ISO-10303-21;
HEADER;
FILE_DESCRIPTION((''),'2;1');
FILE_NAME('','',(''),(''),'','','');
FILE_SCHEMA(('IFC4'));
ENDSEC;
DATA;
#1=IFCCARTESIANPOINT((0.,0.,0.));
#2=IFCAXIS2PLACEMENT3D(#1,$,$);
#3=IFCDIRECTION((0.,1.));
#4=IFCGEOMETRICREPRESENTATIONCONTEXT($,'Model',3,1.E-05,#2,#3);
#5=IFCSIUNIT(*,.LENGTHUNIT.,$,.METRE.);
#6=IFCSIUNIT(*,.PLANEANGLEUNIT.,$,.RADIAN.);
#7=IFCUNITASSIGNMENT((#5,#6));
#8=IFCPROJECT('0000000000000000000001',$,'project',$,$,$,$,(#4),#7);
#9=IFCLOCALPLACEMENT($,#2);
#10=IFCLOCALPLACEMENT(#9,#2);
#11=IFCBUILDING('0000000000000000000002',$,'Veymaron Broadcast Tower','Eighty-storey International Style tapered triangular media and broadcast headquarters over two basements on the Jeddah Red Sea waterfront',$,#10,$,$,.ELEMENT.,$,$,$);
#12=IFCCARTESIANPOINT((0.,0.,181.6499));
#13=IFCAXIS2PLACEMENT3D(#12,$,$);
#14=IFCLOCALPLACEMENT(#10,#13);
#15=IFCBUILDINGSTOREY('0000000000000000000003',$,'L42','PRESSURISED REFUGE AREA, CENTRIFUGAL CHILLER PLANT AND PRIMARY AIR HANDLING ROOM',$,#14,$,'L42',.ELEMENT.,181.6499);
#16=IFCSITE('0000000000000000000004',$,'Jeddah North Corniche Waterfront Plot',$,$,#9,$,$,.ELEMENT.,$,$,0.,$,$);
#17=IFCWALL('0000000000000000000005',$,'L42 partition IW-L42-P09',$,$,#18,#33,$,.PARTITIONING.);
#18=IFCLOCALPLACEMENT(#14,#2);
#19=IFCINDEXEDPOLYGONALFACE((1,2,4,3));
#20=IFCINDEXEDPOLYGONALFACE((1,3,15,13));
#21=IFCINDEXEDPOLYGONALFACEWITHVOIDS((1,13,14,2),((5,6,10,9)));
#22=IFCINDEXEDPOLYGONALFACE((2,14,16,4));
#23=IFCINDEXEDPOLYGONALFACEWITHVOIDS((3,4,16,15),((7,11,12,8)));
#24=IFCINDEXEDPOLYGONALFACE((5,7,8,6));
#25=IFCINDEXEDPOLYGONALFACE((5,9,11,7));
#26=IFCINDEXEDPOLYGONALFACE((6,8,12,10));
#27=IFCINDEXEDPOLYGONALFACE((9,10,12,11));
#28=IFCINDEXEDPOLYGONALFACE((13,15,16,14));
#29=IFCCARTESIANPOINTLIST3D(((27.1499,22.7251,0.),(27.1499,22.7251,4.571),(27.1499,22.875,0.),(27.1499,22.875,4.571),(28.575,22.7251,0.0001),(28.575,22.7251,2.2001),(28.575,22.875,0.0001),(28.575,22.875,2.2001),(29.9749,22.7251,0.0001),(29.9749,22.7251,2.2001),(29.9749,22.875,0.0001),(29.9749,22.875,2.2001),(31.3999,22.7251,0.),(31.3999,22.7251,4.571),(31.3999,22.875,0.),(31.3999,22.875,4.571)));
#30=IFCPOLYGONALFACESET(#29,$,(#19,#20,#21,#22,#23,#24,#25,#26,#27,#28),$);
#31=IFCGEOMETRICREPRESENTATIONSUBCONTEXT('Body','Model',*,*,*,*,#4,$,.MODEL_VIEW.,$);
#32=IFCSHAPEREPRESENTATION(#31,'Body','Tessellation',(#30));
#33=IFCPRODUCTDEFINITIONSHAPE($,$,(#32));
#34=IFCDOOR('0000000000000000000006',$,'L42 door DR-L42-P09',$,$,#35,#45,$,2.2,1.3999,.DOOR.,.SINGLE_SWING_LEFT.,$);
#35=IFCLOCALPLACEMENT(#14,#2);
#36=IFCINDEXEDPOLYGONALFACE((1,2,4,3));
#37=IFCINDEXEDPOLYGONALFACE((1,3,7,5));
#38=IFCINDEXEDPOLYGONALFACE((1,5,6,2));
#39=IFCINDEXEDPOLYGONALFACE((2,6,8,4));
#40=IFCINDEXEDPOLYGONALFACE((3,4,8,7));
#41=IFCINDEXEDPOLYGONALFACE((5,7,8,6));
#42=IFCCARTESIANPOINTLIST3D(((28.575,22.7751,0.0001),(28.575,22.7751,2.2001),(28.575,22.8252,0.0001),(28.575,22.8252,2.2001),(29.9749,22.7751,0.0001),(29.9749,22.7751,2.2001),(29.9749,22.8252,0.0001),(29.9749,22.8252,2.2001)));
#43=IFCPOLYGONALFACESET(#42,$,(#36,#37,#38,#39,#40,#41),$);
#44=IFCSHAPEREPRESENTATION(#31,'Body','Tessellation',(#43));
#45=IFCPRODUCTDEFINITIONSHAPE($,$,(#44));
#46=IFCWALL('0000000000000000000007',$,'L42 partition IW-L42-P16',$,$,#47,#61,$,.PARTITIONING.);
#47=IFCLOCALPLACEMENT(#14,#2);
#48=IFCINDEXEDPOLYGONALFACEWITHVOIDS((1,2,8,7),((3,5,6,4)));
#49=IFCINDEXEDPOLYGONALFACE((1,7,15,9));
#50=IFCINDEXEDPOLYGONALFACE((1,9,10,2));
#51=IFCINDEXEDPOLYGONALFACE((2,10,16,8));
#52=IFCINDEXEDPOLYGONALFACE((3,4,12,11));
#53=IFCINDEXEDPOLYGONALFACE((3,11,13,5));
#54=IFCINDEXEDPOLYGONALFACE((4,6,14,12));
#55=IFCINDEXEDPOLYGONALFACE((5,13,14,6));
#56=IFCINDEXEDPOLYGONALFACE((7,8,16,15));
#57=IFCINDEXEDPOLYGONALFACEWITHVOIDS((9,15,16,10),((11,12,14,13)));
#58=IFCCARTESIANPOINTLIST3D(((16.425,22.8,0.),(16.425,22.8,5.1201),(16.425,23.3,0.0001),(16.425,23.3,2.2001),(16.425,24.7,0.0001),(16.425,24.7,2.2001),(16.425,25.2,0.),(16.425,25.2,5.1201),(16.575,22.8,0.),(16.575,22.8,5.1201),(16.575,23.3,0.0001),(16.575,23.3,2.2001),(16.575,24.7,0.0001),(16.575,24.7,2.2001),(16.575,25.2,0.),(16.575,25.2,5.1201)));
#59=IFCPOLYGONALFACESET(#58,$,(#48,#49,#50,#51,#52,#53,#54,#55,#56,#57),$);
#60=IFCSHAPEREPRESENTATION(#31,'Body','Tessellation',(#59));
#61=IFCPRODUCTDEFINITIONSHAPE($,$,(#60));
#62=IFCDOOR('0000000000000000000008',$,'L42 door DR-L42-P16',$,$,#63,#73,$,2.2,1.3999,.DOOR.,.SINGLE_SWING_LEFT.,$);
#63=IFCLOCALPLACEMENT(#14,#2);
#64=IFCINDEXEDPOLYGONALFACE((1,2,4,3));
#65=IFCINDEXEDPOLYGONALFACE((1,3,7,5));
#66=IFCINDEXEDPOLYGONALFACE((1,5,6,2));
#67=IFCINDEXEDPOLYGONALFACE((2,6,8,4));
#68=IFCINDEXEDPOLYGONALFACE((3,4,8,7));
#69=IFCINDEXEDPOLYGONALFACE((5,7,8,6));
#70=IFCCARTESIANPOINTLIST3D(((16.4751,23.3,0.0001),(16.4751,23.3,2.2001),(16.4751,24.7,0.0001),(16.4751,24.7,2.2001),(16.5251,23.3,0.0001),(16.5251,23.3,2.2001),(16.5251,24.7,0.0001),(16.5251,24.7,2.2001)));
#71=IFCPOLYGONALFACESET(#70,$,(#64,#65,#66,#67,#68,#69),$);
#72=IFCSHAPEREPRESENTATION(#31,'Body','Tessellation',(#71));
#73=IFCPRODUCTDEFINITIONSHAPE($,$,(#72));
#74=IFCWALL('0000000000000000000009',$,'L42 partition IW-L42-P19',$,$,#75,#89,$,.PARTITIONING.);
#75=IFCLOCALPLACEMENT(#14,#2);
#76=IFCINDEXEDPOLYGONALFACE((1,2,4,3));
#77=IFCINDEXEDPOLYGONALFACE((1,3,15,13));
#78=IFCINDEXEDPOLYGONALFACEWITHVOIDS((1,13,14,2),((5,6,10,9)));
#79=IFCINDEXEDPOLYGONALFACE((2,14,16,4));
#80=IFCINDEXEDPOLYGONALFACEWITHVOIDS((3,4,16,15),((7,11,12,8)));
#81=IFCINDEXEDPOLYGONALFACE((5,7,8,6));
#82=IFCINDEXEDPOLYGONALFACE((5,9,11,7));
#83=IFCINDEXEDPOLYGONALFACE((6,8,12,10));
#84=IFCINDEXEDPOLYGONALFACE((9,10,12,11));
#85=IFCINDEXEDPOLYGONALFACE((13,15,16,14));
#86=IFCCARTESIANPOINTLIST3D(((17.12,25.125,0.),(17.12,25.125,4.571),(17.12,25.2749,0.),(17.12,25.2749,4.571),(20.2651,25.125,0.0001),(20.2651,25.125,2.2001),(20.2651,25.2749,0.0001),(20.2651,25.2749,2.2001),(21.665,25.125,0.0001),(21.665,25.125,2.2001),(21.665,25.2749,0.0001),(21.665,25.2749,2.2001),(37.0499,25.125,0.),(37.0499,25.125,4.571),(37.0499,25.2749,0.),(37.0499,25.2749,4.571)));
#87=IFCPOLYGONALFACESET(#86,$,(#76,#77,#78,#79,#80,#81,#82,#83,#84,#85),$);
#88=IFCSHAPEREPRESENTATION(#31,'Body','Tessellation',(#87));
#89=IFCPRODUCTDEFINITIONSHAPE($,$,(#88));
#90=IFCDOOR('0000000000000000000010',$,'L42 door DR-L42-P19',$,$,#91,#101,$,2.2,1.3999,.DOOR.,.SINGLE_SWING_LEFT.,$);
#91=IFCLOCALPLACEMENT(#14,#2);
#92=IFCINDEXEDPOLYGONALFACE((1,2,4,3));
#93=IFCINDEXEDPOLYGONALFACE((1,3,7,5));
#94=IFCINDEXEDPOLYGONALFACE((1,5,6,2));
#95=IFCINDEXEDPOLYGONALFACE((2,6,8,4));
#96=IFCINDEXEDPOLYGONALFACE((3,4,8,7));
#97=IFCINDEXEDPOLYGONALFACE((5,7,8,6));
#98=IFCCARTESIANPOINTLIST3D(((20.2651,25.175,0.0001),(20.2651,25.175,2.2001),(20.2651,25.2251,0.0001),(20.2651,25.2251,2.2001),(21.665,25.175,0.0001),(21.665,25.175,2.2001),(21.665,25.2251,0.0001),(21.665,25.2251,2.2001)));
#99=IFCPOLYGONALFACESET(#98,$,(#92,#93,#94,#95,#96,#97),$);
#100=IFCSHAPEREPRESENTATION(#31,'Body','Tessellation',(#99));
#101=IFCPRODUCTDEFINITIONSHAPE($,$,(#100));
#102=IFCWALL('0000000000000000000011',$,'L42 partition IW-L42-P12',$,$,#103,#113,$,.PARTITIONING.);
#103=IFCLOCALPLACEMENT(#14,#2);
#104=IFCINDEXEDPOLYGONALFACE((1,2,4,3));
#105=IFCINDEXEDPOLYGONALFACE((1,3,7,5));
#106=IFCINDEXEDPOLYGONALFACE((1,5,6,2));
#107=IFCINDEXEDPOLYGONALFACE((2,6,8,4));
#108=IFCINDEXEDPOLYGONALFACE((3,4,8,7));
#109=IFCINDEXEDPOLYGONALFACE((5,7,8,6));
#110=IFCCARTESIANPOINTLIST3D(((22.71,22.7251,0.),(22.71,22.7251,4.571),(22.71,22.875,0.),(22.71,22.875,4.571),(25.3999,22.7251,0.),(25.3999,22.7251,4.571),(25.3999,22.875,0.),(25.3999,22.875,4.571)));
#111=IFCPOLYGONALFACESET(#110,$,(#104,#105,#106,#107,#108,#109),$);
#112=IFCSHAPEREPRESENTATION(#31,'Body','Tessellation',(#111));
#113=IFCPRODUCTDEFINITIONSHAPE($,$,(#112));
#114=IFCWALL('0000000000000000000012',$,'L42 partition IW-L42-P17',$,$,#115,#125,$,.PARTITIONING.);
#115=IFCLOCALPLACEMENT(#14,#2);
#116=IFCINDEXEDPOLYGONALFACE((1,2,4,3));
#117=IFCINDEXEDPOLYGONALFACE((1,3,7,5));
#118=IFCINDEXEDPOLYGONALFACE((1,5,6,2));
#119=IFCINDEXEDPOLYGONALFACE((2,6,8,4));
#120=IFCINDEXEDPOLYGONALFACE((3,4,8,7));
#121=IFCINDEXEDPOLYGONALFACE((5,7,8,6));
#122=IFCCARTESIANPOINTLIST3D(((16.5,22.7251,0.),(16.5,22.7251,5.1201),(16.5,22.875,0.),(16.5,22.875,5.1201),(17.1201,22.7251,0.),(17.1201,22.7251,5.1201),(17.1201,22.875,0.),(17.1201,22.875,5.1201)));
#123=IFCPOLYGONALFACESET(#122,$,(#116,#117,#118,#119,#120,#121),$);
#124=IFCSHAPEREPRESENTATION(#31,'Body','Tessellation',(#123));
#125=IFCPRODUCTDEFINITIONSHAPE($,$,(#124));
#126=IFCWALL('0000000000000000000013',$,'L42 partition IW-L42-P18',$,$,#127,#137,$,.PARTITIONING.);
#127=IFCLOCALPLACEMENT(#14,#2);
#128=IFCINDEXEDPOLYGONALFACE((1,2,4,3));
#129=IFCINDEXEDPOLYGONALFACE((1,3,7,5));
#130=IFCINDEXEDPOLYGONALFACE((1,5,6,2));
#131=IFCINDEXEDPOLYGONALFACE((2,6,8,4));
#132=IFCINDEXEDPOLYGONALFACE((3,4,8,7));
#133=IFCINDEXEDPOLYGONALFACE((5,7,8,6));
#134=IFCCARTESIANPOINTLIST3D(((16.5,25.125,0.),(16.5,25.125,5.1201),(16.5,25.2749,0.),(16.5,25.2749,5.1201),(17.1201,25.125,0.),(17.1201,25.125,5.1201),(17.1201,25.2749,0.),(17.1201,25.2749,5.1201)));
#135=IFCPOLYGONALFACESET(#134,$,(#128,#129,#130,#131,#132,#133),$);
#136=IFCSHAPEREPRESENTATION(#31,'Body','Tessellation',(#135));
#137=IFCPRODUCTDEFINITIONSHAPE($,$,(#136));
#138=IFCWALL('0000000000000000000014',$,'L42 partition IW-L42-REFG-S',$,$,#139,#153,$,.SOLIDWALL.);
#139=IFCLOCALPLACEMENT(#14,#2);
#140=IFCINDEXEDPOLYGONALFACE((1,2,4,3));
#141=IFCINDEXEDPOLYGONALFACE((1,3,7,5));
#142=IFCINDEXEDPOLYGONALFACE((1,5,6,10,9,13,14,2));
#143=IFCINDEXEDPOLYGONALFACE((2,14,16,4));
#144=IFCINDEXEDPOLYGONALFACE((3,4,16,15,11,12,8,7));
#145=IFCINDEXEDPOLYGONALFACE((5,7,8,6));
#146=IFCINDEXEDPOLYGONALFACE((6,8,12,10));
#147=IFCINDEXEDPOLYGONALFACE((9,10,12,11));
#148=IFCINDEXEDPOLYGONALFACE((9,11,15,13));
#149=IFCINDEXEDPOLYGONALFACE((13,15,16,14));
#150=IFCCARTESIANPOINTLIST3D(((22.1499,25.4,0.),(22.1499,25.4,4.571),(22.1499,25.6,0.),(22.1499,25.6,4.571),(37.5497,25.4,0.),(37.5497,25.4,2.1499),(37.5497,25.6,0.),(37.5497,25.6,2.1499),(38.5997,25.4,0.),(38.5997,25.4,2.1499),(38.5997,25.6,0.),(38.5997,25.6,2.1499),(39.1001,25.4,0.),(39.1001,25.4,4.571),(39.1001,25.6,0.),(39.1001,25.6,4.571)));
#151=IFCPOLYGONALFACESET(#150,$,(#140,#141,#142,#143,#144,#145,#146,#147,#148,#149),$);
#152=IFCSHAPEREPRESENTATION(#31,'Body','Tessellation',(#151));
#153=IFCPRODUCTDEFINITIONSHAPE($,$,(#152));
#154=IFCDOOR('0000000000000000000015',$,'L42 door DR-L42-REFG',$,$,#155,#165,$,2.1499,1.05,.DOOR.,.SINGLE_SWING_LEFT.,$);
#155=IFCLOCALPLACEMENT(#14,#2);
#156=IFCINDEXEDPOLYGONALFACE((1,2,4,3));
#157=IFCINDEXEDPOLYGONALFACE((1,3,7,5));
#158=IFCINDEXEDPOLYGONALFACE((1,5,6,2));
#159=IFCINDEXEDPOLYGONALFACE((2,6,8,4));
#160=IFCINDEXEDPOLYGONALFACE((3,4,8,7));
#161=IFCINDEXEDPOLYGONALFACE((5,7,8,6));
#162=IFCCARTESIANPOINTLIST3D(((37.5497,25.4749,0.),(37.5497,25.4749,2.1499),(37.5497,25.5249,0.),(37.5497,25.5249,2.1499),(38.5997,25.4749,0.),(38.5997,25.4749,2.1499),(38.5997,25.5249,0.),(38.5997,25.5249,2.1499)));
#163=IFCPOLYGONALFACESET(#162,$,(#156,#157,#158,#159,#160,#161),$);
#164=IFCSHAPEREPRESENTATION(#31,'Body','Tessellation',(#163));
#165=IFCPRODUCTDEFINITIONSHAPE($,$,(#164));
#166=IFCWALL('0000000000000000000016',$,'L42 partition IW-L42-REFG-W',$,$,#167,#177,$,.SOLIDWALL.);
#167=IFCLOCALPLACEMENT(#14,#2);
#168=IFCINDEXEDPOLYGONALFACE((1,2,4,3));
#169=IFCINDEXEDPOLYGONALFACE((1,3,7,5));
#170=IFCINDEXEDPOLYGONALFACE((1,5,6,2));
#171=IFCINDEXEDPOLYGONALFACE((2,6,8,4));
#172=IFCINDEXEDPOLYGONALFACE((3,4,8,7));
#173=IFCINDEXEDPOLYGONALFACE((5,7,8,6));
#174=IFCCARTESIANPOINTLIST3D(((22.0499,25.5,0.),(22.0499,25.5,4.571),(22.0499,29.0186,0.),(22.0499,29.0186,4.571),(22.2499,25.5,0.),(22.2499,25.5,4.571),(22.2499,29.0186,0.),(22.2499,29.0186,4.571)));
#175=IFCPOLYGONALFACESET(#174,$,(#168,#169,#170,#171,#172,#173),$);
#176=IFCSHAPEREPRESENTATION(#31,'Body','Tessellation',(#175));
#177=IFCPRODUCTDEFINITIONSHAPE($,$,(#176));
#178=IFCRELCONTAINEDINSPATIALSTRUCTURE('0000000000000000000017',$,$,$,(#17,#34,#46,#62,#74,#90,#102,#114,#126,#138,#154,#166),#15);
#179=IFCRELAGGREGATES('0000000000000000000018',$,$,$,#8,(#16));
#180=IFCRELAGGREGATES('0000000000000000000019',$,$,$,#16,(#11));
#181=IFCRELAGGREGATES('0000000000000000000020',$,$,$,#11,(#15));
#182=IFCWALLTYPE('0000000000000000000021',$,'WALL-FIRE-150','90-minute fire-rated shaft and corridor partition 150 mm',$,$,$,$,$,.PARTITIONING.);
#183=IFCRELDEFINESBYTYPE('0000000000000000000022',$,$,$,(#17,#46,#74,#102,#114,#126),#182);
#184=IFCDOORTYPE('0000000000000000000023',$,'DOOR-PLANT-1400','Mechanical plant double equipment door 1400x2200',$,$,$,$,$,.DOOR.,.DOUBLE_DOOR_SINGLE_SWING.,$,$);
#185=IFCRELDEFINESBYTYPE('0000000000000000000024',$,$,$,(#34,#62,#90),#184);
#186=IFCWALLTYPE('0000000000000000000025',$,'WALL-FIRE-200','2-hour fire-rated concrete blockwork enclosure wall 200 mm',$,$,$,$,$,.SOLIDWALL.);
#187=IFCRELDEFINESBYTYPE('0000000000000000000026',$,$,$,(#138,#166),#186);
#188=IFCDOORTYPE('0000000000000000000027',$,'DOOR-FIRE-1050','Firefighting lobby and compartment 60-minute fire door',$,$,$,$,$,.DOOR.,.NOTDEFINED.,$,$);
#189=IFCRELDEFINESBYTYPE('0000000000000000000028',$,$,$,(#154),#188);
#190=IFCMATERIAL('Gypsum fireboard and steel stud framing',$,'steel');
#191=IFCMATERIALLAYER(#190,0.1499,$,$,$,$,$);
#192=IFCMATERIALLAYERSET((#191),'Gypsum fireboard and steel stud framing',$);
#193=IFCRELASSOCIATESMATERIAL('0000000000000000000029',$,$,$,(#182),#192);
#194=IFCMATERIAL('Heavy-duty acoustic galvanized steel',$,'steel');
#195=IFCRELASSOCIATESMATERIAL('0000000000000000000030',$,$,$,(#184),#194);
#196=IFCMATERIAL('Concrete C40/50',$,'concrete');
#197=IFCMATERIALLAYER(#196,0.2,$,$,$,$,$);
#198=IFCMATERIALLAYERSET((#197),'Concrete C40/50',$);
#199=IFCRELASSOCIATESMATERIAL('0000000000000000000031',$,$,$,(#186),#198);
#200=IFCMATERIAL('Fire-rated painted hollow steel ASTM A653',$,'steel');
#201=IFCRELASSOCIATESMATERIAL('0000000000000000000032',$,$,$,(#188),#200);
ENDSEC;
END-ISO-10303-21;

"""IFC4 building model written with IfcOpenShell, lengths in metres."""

from ifc_helpers import new_model, si_unit, direction, frame, frame_2d, origin, place, context, subcontext, project, spatial, rectangle, extrude, material, layer, layer_set, type_object, element, fill, save


model = new_model("IFC4")

# Units and contexts
model_context = context("Model", 3, precision=1e-05, world=origin(), true_north=direction((0.0, 1.0)))
body_context = subcontext(model_context, "Body", "Model", "MODEL_VIEW")
ifc_project = project(units=[si_unit("LENGTHUNIT", "METRE"), si_unit("PLANEANGLEUNIT", "RADIAN")], contexts=[model_context])

# Site, building, storey
site_placement = place(None, origin())
site = spatial("IfcSite", under=ifc_project, at=site_placement, Name="Jeddah North Corniche Waterfront Plot", CompositionType="ELEMENT", RefElevation=0.0)
building_placement = place(site_placement, origin())
building = spatial("IfcBuilding", under=site, at=building_placement, Name="Veymaron Broadcast Tower", Description="Eighty-storey International Style tapered triangular media and broadcast headquarters over two basements on the Jeddah Red Sea waterfront", CompositionType="ELEMENT")
storey_placement = place(building_placement, frame((0.0, 0.0, 181.6499)))
storey = spatial("IfcBuildingStorey", under=building, at=storey_placement, Name="L42", Description="PRESSURISED REFUGE AREA, CENTRIFUGAL CHILLER PLANT AND PRIMARY AIR HANDLING ROOM", LongName="L42", CompositionType="ELEMENT", Elevation=181.6499)

# Walls, openings, doors
ifc_material_1 = material(Name="Gypsum fireboard and steel stud framing", Category="steel")
ifc_layer_1 = layer(ifc_material_1, 0.1499)
ifc_layer_set_1 = layer_set([ifc_layer_1], Name="Gypsum fireboard and steel stud framing")
wall_type_1 = type_object("IfcWallType", Name="WALL-FIRE-150", Description="90-minute fire-rated shaft and corridor partition 150 mm", PredefinedType="PARTITIONING", material=ifc_layer_set_1)
ifc_material_2 = material(Name="Heavy-duty acoustic galvanized steel", Category="steel")
door_type_1 = type_object("IfcDoorType", Name="DOOR-PLANT-1400", Description="Mechanical plant double equipment door 1400x2200", OperationType="DOUBLE_DOOR_SINGLE_SWING", PredefinedType="DOOR", material=ifc_material_2)
wall_1_placement = place(storey_placement, frame((27.1499, 22.8, 0.0), z_axis=(0.0, 0.0, 1.0), x_axis=(1.0, 0.0, 0.0)))
wall_1 = element("IfcWall", 1, at=wall_1_placement, inside=storey, type_object=wall_type_1, Name="L42 partition IW-L42-P09", PredefinedType="PARTITIONING", context=body_context, shape_type="SweptSolid", body=[
    extrude(rectangle(XDim=4.25, YDim=0.1499, at=frame_2d((2.125, 0.0))), origin(), (0.0, 0.0, 1.0), 4.571),
])
opening_1_placement = place(wall_1_placement, frame((1.425, 0.0, 0.0)))
opening_1 = element("IfcOpeningElement", 2, at=opening_1_placement, cuts=wall_1, PredefinedType="OPENING", context=body_context, shape_type="SweptSolid", body=[
    extrude(rectangle(XDim=1.3999, YDim=2.2, at=frame_2d((0.7, 1.1001))), frame((0.0, 0.085, 0.0), z_axis=(0.0, -1.0, 0.0), x_axis=(1.0, 0.0, 0.0)), (0.0, 0.0, 1.0), 0.1699),
])
door_1_placement = place(opening_1_placement, frame((1.3999, 0.0, 0.0), z_axis=(0.0, 0.0, 1.0), x_axis=(-1.0, 0.0, 0.0)))
door_1 = element("IfcDoor", 3, at=door_1_placement, inside=storey, type_object=door_type_1, Name="L42 door DR-L42-P09", OperationType="SINGLE_SWING_LEFT", OverallHeight=2.2, OverallWidth=1.3999, PredefinedType="DOOR", context=body_context, shape_type="SweptSolid", body=[
    extrude(rectangle(XDim=1.3999, YDim=2.2, at=frame_2d((0.7, 1.1001))), frame((0.0, 0.0249, 0.0), z_axis=(0.0, -1.0, 0.0), x_axis=(1.0, 0.0, 0.0)), (0.0, 0.0, 1.0), 0.05),
])
fill(opening_1, door_1)
wall_2_placement = place(storey_placement, frame((16.5, 22.8, 0.0), z_axis=(0.0, 0.0, 1.0), x_axis=(0.0, 1.0, 0.0)))
wall_2 = element("IfcWall", 4, at=wall_2_placement, inside=storey, type_object=wall_type_1, Name="L42 partition IW-L42-P16", PredefinedType="PARTITIONING", context=body_context, shape_type="SweptSolid", body=[
    extrude(rectangle(XDim=2.3999, YDim=0.1499, at=frame_2d((1.2, 0.0))), origin(), (0.0, 0.0, 1.0), 5.1201),
])
opening_2_placement = place(wall_2_placement, frame((0.5, 0.0, 0.0)))
opening_2 = element("IfcOpeningElement", 5, at=opening_2_placement, cuts=wall_2, PredefinedType="OPENING", context=body_context, shape_type="SweptSolid", body=[
    extrude(rectangle(XDim=1.3999, YDim=2.2, at=frame_2d((0.7, 1.1001))), frame((0.0, 0.085, 0.0), z_axis=(0.0, -1.0, 0.0), x_axis=(1.0, 0.0, 0.0)), (0.0, 0.0, 1.0), 0.1699),
])
door_2_placement = place(opening_2_placement, origin())
door_2 = element("IfcDoor", 6, at=door_2_placement, inside=storey, type_object=door_type_1, Name="L42 door DR-L42-P16", OperationType="SINGLE_SWING_LEFT", OverallHeight=2.2, OverallWidth=1.3999, PredefinedType="DOOR", context=body_context, shape_type="SweptSolid", body=[
    extrude(rectangle(XDim=1.3999, YDim=2.2, at=frame_2d((0.7, 1.1001))), frame((0.0, 0.0249, 0.0), z_axis=(0.0, -1.0, 0.0), x_axis=(1.0, 0.0, 0.0)), (0.0, 0.0, 1.0), 0.05),
])
fill(opening_2, door_2)
wall_3_placement = place(storey_placement, frame((17.1201, 25.2, 0.0), z_axis=(0.0, 0.0, 1.0), x_axis=(1.0, 0.0, 0.0)))
wall_3 = element("IfcWall", 7, at=wall_3_placement, inside=storey, type_object=wall_type_1, Name="L42 partition IW-L42-P19", PredefinedType="PARTITIONING", context=body_context, shape_type="SweptSolid", body=[
    extrude(rectangle(XDim=19.9299, YDim=0.1499, at=frame_2d((9.9648, 0.0))), origin(), (0.0, 0.0, 1.0), 4.571),
])
opening_3_placement = place(wall_3_placement, frame((3.145, 0.0, 0.0)))
opening_3 = element("IfcOpeningElement", 8, at=opening_3_placement, cuts=wall_3, PredefinedType="OPENING", context=body_context, shape_type="SweptSolid", body=[
    extrude(rectangle(XDim=1.3999, YDim=2.2, at=frame_2d((0.7, 1.1001))), frame((0.0, 0.085, 0.0), z_axis=(0.0, -1.0, 0.0), x_axis=(1.0, 0.0, 0.0)), (0.0, 0.0, 1.0), 0.1699),
])
door_3_placement = place(opening_3_placement, frame((1.3999, 0.0, 0.0), z_axis=(0.0, 0.0, 1.0), x_axis=(-1.0, 0.0, 0.0)))
door_3 = element("IfcDoor", 9, at=door_3_placement, inside=storey, type_object=door_type_1, Name="L42 door DR-L42-P19", OperationType="SINGLE_SWING_LEFT", OverallHeight=2.2, OverallWidth=1.3999, PredefinedType="DOOR", context=body_context, shape_type="SweptSolid", body=[
    extrude(rectangle(XDim=1.3999, YDim=2.2, at=frame_2d((0.7, 1.1001))), frame((0.0, 0.0249, 0.0), z_axis=(0.0, -1.0, 0.0), x_axis=(1.0, 0.0, 0.0)), (0.0, 0.0, 1.0), 0.05),
])
fill(opening_3, door_3)

# Walls
wall_4_placement = place(storey_placement, frame((22.71, 22.8, 0.0), z_axis=(0.0, 0.0, 1.0), x_axis=(1.0, 0.0, 0.0)))
element("IfcWall", 10, at=wall_4_placement, inside=storey, type_object=wall_type_1, Name="L42 partition IW-L42-P12", PredefinedType="PARTITIONING", context=body_context, shape_type="SweptSolid", body=[
    extrude(rectangle(XDim=2.6899, YDim=0.1499, at=frame_2d((1.345, 0.0))), origin(), (0.0, 0.0, 1.0), 4.571),
])
for number, where, z_axis, x_axis, name in (
    (11, (16.5, 22.8, 0.0), (0.0, 0.0, 1.0), (1.0, 0.0, 0.0), "L42 partition IW-L42-P17"),
    (12, (16.5, 25.2, 0.0), (0.0, 0.0, 1.0), (1.0, 0.0, 0.0), "L42 partition IW-L42-P18"),
):
    element("IfcWall", number, at=place(storey_placement, frame(where, z_axis=z_axis, x_axis=x_axis)), inside=storey, type_object=wall_type_1, Name=name, PredefinedType="PARTITIONING", context=body_context, shape_type="SweptSolid", body=[
        extrude(rectangle(XDim=0.6201, YDim=0.1499, at=frame_2d((0.3101, 0.0))), origin(), (0.0, 0.0, 1.0), 5.1201),
    ])

# Wall, opening, door
ifc_material_3 = material(Name="Concrete C40/50", Category="concrete")
ifc_layer_2 = layer(ifc_material_3, 0.2)
ifc_layer_set_2 = layer_set([ifc_layer_2], Name="Concrete C40/50")
wall_type_2 = type_object("IfcWallType", Name="WALL-FIRE-200", Description="2-hour fire-rated concrete blockwork enclosure wall 200 mm", PredefinedType="SOLIDWALL", material=ifc_layer_set_2)
wall_5_placement = place(storey_placement, frame((22.1499, 25.5, 0.0), z_axis=(0.0, 0.0, 1.0), x_axis=(1.0, 0.0, 0.0)))
wall_5 = element("IfcWall", 13, at=wall_5_placement, inside=storey, type_object=wall_type_2, Name="L42 partition IW-L42-REFG-S", PredefinedType="SOLIDWALL", context=body_context, shape_type="SweptSolid", body=[
    extrude(rectangle(XDim=16.9502, YDim=0.2, at=frame_2d((8.4751, 0.0))), origin(), (0.0, 0.0, 1.0), 4.571),
])
opening_4_placement = place(wall_5_placement, frame((15.3999, 0.0, 0.0)))
opening_4 = element("IfcOpeningElement", 14, at=opening_4_placement, cuts=wall_5, PredefinedType="OPENING", context=body_context, shape_type="SweptSolid", body=[
    extrude(rectangle(XDim=1.05, YDim=2.1499, at=frame_2d((0.5249, 1.075))), frame((0.0, 0.1099, 0.0), z_axis=(0.0, -1.0, 0.0), x_axis=(1.0, 0.0, 0.0)), (0.0, 0.0, 1.0), 0.22),
])
ifc_material_4 = material(Name="Fire-rated painted hollow steel ASTM A653", Category="steel")
door_type_2 = type_object("IfcDoorType", Name="DOOR-FIRE-1050", Description="Firefighting lobby and compartment 60-minute fire door", OperationType="NOTDEFINED", PredefinedType="DOOR", material=ifc_material_4)
door_4_placement = place(opening_4_placement, origin())
door_4 = element("IfcDoor", 15, at=door_4_placement, inside=storey, type_object=door_type_2, Name="L42 door DR-L42-REFG", OperationType="SINGLE_SWING_LEFT", OverallHeight=2.1499, OverallWidth=1.05, PredefinedType="DOOR", context=body_context, shape_type="SweptSolid", body=[
    extrude(rectangle(XDim=1.05, YDim=2.1499, at=frame_2d((0.5249, 1.075))), frame((0.0, 0.0249, 0.0), z_axis=(0.0, -1.0, 0.0), x_axis=(1.0, 0.0, 0.0)), (0.0, 0.0, 1.0), 0.05),
])
fill(opening_4, door_4)

# Wall
wall_6_placement = place(storey_placement, frame((22.1499, 25.5, 0.0), z_axis=(0.0, 0.0, 1.0), x_axis=(0.0, 1.0, 0.0)))
element("IfcWall", 16, at=wall_6_placement, inside=storey, type_object=wall_type_2, Name="L42 partition IW-L42-REFG-W", PredefinedType="SOLIDWALL", context=body_context, shape_type="SweptSolid", body=[
    extrude(rectangle(XDim=3.5186, YDim=0.2, at=frame_2d((1.7593, 0.0))), origin(), (0.0, 0.0, 1.0), 4.571),
])

save(model, "model.ifc")
